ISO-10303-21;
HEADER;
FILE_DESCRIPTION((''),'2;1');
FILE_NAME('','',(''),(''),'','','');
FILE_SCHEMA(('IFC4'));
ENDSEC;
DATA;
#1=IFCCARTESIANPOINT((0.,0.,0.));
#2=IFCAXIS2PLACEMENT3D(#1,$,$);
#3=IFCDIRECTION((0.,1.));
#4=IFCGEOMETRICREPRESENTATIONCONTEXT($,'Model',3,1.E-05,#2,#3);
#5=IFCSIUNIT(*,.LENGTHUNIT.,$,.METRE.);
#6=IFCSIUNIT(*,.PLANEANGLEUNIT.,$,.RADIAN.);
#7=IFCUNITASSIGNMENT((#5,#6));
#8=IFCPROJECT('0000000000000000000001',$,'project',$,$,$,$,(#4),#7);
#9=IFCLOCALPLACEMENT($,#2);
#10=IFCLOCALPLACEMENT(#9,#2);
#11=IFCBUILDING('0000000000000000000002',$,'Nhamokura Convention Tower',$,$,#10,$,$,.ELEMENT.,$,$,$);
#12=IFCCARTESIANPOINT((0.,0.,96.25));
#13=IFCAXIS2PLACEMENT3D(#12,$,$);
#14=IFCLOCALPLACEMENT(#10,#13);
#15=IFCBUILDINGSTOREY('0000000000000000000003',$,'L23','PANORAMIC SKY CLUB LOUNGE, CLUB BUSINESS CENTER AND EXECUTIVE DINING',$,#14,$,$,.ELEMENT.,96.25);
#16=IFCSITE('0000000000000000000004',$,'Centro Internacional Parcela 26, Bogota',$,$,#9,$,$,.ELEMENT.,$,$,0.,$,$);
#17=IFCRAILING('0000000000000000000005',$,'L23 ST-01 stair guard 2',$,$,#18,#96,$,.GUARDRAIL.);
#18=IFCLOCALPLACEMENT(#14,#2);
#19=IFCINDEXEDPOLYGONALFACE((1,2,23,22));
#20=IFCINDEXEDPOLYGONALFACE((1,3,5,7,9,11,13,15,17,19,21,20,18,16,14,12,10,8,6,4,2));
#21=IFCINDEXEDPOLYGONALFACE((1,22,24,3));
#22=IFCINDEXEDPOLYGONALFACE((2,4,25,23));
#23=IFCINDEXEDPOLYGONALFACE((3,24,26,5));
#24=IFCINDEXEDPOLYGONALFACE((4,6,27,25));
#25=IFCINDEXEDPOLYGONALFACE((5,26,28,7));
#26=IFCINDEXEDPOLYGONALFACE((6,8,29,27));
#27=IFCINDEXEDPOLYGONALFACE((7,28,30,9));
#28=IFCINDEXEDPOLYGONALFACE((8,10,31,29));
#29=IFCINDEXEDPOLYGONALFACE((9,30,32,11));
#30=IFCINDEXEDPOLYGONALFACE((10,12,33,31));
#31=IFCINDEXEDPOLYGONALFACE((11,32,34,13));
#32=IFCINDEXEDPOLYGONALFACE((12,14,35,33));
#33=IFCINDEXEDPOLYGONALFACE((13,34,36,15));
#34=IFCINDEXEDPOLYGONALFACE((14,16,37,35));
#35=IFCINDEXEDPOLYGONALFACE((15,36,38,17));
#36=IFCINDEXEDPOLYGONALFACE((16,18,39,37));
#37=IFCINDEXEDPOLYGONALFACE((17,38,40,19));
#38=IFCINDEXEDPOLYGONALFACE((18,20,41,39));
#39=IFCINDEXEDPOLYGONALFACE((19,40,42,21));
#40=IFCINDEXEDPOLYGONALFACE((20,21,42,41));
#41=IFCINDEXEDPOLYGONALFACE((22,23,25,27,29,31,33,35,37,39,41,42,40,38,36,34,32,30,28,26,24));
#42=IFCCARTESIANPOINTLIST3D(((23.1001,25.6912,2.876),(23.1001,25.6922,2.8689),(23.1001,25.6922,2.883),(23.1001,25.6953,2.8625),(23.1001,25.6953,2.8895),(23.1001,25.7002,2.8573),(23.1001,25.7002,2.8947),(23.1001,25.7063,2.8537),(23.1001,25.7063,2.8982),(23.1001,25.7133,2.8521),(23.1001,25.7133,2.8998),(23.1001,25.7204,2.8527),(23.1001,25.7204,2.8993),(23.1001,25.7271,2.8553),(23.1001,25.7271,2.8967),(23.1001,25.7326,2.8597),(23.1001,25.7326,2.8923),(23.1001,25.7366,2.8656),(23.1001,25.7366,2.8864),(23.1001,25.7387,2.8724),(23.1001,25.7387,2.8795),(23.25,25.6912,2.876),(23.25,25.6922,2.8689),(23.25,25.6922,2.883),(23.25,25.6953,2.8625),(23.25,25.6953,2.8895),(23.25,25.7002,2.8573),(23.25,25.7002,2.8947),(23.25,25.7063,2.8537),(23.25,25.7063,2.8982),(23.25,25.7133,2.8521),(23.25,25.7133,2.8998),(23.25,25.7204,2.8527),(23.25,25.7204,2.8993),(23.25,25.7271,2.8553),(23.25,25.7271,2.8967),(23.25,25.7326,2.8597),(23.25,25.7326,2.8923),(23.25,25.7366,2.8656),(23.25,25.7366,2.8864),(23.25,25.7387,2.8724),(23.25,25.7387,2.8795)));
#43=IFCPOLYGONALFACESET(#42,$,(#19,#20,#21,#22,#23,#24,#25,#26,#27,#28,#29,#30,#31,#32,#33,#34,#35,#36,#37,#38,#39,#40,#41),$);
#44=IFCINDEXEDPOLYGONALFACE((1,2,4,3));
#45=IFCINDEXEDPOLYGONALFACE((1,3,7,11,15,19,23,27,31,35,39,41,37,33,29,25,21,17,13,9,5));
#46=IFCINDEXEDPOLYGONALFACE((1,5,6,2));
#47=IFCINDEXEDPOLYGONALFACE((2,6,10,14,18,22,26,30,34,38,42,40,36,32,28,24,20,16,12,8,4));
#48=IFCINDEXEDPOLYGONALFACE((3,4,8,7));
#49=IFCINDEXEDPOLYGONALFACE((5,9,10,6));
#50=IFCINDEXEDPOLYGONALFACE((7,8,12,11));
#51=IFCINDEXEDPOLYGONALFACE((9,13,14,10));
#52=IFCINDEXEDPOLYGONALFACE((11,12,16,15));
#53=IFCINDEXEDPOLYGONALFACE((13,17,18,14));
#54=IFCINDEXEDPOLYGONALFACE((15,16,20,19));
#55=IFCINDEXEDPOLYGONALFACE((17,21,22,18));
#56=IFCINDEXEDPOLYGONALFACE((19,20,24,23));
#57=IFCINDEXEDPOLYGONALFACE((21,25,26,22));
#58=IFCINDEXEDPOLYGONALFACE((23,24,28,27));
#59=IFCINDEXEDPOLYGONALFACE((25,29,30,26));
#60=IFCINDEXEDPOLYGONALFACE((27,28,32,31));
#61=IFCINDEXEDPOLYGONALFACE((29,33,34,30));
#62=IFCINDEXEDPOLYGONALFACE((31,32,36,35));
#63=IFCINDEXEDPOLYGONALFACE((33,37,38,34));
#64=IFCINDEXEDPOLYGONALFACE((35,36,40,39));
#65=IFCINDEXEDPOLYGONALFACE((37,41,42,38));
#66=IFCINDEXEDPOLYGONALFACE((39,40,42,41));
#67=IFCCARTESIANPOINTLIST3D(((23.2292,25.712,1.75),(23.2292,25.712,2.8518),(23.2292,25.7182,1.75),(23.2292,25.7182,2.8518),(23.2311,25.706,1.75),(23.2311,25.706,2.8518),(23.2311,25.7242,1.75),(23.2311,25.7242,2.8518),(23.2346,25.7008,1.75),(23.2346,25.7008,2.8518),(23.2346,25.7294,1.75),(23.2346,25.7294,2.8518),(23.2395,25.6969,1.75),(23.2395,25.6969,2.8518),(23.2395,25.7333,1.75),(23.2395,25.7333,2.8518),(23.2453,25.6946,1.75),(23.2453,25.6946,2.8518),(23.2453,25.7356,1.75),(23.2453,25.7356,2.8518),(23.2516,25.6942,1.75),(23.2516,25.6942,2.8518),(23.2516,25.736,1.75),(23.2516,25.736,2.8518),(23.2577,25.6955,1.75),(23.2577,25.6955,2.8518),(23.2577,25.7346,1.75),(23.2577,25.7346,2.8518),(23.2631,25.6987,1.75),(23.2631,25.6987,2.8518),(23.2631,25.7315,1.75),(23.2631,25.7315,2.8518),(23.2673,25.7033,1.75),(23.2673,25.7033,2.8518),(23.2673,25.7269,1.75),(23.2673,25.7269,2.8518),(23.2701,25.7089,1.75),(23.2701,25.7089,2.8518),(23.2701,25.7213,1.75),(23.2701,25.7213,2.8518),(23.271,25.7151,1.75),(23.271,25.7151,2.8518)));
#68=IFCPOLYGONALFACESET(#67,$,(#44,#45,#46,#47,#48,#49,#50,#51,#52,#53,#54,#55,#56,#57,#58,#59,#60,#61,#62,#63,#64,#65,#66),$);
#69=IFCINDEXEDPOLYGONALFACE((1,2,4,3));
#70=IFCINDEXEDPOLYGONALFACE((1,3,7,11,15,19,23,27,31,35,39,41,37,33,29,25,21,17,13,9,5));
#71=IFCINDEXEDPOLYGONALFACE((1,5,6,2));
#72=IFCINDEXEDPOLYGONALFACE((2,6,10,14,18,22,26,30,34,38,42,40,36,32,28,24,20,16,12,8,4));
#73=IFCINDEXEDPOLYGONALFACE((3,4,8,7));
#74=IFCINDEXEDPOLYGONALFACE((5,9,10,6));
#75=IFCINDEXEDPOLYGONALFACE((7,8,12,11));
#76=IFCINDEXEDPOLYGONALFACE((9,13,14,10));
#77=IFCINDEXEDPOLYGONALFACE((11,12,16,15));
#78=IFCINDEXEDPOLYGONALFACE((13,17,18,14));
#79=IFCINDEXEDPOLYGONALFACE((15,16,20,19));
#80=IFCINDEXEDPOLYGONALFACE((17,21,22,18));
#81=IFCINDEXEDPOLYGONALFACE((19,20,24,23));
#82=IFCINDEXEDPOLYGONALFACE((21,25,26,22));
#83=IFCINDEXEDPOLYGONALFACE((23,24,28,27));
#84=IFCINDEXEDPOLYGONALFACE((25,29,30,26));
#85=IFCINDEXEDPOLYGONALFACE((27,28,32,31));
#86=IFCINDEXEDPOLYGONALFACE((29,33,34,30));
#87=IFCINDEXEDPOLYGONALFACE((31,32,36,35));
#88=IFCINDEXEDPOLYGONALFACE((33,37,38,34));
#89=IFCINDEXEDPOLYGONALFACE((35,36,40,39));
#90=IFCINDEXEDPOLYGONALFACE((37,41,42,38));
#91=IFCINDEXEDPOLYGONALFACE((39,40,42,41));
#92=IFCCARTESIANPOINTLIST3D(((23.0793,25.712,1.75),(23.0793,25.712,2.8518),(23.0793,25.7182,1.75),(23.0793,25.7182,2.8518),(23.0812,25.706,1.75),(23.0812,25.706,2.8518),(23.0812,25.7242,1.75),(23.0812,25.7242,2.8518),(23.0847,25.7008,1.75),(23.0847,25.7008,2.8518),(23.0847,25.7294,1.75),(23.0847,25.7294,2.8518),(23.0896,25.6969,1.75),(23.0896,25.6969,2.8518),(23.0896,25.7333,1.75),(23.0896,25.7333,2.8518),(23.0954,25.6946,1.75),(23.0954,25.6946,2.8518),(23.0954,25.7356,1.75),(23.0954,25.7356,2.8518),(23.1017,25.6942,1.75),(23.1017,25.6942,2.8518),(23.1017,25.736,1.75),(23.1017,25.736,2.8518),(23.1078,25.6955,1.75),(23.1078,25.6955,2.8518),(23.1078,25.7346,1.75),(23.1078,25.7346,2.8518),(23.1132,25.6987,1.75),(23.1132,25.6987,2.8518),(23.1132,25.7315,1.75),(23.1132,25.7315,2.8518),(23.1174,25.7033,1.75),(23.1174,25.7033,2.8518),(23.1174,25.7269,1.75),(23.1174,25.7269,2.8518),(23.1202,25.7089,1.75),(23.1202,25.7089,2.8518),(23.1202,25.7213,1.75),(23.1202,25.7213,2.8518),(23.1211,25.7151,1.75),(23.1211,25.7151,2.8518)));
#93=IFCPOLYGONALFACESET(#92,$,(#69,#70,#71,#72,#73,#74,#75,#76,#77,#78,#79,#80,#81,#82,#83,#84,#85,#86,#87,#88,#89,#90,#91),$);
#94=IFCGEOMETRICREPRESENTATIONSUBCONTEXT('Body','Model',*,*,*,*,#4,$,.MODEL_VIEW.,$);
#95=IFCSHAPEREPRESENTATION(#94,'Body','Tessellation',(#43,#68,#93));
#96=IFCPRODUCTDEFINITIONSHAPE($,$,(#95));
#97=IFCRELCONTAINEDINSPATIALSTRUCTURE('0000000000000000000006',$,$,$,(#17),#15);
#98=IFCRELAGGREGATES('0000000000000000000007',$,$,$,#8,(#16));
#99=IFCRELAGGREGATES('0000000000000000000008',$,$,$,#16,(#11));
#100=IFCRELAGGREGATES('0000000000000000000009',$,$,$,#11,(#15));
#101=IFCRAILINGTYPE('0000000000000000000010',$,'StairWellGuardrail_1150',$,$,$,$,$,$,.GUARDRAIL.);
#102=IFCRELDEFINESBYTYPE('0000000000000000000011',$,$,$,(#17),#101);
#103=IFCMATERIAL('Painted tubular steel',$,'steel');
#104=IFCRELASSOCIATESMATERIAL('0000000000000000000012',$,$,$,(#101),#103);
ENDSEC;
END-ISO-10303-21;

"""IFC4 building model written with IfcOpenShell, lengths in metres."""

from ifc_helpers import new_model, si_unit, direction, frame, origin, origin_2d, place, context, subcontext, project, spatial, circle, extrude, material, type_object, element, save


model = new_model("IFC4")

# Units and contexts
model_context = context("Model", 3, precision=1e-05, world=origin(), true_north=direction((0.0, 1.0)))
body_context = subcontext(model_context, "Body", "Model", "MODEL_VIEW")
ifc_project = project(units=[si_unit("LENGTHUNIT", "METRE"), si_unit("PLANEANGLEUNIT", "RADIAN")], contexts=[model_context])

# Site, building, storey
site_placement = place(None, origin())
site = spatial("IfcSite", under=ifc_project, at=site_placement, Name="Centro Internacional Parcela 26, Bogota", CompositionType="ELEMENT", RefElevation=0.0)
building_placement = place(site_placement, origin())
building = spatial("IfcBuilding", under=site, at=building_placement, Name="Nhamokura Convention Tower", CompositionType="ELEMENT")
storey_placement = place(building_placement, frame((0.0, 0.0, 96.25)))
storey = spatial("IfcBuildingStorey", under=building, at=storey_placement, Name="L23", Description="PANORAMIC SKY CLUB LOUNGE, CLUB BUSINESS CENTER AND EXECUTIVE DINING", CompositionType="ELEMENT", Elevation=96.25)

# Railing
ifc_material_1 = material(Name="Painted tubular steel", Category="steel")
railing_type_1 = type_object("IfcRailingType", Name="StairWellGuardrail_1150", PredefinedType="GUARDRAIL", material=ifc_material_1)
railing_1_placement = place(storey_placement, frame((23.25, 25.7151, 1.75)))
element("IfcRailing", 1, at=railing_1_placement, inside=storey, type_object=railing_type_1, Name="L23 ST-01 stair guard 2", PredefinedType="GUARDRAIL", context=body_context, shape_type="SweptSolid", body=[
    extrude(circle(Radius=0.0239, at=origin_2d()), frame((0.0, 0.0, 1.126), z_axis=(-1.0, 0.0, 0.0), x_axis=(0.0, -1.0, 0.0)), (0.0, 0.0, 1.0), 0.1499),
    extrude(circle(Radius=0.021, at=origin_2d()), origin(), (0.0, 0.0, 1.0), 1.1018),
    extrude(circle(Radius=0.021, at=origin_2d()), frame((-0.1499, 0.0, 0.0)), (0.0, 0.0, 1.0), 1.1018),
])

save(model, "model.ifc")
